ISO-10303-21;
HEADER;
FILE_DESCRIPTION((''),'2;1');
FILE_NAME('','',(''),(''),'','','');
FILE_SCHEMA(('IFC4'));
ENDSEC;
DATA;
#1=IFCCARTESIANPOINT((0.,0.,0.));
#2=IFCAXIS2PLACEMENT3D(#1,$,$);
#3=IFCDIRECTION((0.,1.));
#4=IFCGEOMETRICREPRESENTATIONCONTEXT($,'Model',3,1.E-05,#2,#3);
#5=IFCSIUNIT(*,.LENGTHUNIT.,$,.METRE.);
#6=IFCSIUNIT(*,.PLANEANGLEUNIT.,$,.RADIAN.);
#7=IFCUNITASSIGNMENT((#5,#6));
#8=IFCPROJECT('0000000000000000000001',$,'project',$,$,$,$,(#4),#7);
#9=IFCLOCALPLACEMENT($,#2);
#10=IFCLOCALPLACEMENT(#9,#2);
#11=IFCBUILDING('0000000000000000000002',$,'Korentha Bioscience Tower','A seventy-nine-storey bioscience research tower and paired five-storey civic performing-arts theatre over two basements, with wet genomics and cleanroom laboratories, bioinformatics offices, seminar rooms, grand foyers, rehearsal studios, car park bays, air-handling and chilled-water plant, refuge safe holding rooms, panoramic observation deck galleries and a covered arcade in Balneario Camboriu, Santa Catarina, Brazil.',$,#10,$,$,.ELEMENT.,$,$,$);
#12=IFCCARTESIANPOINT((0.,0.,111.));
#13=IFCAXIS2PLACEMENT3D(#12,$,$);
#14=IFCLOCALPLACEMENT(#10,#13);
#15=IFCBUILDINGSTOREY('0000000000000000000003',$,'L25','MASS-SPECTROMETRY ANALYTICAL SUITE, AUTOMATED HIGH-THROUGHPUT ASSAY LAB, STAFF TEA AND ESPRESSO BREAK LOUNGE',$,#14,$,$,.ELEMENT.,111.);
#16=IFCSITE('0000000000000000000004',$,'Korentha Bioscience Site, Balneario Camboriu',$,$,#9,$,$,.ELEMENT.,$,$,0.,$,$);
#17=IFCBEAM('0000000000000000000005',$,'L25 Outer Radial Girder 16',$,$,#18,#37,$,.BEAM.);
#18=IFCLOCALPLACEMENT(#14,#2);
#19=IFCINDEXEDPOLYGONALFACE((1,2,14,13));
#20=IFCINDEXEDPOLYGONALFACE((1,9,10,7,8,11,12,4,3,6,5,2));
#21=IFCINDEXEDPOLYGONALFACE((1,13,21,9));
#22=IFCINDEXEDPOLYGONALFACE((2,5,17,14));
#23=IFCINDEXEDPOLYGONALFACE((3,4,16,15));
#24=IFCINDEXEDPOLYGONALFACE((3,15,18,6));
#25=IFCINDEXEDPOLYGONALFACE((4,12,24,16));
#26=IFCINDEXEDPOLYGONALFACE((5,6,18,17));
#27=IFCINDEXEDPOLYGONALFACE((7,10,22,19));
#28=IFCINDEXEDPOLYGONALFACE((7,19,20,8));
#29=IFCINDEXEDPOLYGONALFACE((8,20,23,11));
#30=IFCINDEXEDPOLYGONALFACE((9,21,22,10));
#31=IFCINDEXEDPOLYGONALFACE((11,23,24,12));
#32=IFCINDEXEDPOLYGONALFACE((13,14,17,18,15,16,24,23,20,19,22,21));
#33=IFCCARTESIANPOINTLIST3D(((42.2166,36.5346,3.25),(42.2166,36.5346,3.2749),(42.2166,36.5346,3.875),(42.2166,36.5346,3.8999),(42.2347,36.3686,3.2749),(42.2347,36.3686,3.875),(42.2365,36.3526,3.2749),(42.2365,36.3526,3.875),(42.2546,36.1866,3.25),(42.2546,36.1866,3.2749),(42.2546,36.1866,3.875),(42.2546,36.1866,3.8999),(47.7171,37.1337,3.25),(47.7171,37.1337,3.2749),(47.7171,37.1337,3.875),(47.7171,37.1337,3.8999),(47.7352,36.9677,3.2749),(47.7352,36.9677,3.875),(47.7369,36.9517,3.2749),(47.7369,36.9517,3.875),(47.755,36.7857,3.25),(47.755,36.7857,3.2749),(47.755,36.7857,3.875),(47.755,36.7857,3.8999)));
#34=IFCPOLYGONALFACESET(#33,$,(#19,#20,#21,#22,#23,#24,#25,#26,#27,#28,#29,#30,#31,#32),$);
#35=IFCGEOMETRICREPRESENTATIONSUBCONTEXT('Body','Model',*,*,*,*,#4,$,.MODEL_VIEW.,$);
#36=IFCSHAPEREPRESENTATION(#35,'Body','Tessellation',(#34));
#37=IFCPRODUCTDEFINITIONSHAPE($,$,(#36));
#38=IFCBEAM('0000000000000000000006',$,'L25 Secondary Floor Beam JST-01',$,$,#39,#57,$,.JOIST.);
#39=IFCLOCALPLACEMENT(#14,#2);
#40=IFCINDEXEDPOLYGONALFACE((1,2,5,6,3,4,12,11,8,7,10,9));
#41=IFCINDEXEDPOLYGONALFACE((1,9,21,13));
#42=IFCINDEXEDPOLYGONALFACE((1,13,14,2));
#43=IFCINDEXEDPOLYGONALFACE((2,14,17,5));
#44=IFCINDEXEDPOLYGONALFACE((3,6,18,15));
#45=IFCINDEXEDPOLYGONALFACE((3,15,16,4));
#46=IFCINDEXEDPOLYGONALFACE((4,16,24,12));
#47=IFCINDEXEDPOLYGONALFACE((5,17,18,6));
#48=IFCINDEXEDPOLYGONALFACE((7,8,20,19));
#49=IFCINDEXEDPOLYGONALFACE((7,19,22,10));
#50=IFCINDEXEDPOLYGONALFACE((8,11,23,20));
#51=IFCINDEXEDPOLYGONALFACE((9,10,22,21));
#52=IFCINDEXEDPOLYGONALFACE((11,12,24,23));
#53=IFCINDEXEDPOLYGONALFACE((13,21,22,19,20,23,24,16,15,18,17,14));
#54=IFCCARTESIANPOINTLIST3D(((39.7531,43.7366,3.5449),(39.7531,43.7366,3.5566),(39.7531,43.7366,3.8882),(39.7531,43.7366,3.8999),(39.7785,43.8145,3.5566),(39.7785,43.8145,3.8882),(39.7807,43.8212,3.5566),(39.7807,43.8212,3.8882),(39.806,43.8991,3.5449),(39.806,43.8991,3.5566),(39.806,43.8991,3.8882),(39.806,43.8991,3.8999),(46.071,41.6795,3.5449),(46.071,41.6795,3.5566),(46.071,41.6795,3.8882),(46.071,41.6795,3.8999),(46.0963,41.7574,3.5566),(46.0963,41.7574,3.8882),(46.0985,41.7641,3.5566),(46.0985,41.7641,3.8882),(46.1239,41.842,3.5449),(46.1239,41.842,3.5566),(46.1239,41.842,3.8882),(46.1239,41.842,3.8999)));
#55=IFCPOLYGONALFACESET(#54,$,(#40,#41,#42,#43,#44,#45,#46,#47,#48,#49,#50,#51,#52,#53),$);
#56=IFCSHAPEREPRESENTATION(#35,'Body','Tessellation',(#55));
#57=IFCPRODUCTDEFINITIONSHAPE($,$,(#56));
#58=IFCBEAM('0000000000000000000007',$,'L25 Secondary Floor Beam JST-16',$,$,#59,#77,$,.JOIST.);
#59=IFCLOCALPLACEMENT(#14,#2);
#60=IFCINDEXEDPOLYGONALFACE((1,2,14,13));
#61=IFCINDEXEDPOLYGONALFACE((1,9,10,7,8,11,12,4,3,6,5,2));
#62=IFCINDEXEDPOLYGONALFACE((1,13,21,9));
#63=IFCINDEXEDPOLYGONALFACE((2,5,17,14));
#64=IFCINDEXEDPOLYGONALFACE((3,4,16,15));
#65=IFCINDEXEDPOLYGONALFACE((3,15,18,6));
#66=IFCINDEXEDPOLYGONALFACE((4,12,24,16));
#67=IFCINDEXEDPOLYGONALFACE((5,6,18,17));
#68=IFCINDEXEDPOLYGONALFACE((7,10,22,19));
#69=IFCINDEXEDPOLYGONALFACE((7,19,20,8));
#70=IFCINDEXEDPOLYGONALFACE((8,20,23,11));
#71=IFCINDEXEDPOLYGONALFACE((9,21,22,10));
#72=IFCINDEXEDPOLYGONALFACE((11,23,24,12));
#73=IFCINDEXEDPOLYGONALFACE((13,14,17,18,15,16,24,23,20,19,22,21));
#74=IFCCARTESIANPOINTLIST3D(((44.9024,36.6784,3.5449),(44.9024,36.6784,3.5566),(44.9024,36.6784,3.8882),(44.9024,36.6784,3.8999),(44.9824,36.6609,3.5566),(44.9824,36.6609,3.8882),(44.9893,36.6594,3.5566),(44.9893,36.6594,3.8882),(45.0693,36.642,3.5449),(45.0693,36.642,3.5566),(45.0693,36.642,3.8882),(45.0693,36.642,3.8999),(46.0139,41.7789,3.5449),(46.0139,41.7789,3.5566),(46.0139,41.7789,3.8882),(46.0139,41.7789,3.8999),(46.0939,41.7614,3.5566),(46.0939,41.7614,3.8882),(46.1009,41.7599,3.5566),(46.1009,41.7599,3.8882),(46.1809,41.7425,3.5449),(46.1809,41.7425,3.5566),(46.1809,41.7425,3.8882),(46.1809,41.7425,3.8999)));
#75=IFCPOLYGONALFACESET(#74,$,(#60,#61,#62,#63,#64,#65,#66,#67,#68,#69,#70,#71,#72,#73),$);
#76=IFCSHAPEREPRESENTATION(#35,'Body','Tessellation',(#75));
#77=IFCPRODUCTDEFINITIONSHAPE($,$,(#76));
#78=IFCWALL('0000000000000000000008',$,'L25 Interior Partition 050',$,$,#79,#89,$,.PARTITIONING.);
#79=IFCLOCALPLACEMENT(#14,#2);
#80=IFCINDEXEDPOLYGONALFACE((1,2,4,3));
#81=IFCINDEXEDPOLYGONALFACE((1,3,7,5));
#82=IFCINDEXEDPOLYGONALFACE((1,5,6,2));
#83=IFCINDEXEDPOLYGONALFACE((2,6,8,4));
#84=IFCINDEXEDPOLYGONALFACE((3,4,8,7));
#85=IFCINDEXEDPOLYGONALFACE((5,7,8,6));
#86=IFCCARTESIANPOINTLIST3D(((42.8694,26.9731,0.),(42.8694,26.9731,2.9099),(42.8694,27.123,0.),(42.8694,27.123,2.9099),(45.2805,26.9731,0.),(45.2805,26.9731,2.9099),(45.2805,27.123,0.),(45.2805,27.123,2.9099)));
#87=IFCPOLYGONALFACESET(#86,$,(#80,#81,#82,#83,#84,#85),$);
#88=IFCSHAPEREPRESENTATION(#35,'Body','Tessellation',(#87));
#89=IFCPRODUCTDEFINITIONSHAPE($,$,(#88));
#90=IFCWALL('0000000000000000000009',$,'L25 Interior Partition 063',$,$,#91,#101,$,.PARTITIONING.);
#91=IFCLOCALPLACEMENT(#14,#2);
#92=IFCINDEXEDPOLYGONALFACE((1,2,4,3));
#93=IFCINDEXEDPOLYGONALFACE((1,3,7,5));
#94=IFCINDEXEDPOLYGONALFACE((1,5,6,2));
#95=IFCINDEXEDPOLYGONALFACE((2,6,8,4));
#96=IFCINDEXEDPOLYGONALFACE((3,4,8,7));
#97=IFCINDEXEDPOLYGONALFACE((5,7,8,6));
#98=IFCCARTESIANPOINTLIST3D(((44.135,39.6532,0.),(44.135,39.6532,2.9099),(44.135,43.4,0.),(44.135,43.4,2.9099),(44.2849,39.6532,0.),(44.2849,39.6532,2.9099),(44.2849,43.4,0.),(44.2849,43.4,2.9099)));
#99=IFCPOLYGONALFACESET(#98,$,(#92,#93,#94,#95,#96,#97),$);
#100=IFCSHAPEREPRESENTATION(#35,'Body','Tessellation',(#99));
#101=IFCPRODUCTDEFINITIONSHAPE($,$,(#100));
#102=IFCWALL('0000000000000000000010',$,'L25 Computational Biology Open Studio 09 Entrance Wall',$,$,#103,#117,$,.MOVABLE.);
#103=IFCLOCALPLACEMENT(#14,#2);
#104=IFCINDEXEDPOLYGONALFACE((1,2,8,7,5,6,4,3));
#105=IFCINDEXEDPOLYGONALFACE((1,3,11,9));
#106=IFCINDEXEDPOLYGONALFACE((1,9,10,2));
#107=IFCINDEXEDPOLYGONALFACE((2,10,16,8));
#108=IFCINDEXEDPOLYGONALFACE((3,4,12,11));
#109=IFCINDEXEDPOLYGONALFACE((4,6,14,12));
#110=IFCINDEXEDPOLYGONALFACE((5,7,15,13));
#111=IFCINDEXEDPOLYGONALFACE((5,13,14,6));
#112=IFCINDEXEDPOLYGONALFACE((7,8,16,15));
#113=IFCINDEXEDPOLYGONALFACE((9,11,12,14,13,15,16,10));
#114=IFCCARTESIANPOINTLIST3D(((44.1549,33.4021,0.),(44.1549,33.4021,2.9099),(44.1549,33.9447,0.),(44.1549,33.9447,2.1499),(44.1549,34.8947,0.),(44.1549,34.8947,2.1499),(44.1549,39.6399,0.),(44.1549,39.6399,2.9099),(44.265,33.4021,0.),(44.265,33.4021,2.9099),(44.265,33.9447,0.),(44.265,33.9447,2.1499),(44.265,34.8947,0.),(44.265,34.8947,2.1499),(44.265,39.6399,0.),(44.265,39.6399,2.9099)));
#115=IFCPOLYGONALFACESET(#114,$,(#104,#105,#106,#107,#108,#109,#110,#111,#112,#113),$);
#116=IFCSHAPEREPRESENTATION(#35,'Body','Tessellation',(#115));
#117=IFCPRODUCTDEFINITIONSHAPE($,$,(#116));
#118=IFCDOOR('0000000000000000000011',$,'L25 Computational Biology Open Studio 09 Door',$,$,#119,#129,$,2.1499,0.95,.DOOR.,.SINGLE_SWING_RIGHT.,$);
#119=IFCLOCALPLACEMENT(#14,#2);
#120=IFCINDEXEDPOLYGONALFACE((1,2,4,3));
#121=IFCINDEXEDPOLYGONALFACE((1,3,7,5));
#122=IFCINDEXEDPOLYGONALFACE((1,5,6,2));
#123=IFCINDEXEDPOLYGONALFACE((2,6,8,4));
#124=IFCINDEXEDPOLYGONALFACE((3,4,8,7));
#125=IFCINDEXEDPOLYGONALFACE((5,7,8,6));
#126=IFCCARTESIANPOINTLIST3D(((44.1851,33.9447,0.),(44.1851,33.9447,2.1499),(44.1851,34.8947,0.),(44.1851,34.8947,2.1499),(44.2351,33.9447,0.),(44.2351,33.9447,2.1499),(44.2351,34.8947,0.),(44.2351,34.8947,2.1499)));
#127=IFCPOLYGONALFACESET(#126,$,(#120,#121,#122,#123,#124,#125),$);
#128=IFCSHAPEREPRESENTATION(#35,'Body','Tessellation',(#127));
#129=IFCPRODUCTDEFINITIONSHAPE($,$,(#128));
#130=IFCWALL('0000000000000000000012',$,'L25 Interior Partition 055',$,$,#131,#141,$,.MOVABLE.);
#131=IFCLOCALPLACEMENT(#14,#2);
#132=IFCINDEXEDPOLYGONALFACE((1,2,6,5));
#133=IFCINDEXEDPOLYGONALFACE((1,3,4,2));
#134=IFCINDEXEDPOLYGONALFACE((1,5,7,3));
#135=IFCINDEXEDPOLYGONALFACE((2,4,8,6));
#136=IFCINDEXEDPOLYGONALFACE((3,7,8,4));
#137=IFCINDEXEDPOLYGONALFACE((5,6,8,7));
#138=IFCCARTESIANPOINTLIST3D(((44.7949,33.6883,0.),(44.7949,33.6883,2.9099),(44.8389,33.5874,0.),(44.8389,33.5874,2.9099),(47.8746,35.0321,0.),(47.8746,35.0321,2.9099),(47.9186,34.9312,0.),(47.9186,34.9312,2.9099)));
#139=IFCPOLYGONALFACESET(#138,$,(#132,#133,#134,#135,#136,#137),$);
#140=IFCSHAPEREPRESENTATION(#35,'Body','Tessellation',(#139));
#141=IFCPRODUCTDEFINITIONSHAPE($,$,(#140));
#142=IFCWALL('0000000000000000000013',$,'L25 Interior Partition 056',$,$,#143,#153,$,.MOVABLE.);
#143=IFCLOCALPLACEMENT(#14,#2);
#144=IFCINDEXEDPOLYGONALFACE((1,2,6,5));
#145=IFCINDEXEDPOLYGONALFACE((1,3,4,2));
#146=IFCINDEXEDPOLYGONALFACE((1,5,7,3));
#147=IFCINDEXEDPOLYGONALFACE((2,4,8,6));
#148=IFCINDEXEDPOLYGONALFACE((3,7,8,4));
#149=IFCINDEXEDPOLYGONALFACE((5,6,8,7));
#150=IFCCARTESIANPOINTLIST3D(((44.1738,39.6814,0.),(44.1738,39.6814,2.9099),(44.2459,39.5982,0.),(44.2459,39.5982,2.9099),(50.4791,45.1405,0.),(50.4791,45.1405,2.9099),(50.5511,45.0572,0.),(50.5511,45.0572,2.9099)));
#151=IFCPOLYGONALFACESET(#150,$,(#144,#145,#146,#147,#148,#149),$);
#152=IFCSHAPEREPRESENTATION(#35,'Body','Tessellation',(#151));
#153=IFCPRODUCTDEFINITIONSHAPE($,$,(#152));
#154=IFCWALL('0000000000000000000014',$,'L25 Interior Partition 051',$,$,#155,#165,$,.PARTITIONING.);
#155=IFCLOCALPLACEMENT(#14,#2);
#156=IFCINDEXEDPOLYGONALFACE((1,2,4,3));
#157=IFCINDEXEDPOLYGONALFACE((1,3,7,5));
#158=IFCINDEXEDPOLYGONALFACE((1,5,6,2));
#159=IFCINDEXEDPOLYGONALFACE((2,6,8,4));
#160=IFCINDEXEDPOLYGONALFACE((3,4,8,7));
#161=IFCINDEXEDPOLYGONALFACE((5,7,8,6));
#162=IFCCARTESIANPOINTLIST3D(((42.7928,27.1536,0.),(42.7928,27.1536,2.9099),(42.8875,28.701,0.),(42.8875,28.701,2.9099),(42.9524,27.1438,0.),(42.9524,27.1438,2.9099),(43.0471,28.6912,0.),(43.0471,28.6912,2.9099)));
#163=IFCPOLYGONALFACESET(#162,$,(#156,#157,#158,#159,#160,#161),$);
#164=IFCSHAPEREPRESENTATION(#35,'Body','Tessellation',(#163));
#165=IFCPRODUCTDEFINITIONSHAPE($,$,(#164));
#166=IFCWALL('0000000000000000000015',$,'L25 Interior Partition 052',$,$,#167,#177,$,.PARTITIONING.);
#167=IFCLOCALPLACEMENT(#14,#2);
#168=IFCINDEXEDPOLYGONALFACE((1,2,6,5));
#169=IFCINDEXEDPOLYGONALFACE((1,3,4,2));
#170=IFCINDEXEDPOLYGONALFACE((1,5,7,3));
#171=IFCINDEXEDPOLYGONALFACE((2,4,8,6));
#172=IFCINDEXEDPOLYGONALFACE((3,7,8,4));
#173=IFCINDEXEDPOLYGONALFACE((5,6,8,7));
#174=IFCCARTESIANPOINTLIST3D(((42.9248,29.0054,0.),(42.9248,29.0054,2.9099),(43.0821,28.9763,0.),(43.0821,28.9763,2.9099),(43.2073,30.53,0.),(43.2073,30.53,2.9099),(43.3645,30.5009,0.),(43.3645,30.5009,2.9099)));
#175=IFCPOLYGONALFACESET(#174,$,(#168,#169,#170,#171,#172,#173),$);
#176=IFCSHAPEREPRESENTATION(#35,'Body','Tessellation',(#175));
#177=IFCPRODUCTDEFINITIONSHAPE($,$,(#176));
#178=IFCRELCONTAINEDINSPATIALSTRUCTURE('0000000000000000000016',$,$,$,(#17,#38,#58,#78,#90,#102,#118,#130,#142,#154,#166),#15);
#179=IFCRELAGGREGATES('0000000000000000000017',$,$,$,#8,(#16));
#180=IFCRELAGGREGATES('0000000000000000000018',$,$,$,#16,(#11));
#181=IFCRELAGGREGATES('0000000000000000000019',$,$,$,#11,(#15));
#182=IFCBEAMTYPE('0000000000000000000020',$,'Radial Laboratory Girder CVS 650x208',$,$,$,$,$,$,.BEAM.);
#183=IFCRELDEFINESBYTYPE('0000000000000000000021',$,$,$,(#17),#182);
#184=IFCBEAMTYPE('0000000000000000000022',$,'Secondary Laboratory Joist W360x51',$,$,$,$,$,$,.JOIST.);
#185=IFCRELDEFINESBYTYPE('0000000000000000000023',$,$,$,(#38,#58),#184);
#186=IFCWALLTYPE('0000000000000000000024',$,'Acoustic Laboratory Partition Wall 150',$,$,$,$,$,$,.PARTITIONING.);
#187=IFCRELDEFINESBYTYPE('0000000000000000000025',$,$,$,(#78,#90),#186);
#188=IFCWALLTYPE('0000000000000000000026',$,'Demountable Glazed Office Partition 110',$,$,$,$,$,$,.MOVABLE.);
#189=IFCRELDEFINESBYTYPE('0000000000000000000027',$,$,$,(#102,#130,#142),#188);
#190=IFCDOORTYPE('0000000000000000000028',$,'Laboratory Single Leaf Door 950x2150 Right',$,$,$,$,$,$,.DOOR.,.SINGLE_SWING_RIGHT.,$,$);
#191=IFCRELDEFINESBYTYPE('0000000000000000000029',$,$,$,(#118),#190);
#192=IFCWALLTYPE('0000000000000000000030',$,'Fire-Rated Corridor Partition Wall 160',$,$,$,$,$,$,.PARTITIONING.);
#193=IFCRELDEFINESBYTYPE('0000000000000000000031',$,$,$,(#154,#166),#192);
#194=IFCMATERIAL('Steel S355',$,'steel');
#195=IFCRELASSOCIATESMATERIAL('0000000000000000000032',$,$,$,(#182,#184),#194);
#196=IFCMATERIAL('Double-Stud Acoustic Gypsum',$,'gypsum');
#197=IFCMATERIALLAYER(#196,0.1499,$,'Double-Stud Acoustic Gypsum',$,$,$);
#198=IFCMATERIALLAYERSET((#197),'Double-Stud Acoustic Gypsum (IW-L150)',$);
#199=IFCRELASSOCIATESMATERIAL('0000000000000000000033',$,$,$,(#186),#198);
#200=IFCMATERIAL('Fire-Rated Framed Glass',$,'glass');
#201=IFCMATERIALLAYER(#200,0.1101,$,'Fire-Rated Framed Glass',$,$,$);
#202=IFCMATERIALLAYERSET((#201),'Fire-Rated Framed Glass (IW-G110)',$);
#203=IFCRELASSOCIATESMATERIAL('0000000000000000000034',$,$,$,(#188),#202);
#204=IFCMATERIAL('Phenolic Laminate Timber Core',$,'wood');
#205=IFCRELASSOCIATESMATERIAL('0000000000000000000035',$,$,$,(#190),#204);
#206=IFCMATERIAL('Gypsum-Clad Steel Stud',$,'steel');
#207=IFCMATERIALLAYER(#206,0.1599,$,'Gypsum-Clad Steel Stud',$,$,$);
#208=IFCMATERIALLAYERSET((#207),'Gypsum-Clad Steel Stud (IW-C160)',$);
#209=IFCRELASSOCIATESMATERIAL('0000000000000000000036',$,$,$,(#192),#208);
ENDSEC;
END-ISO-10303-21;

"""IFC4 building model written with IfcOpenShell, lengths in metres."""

from ifc_helpers import new_model, si_unit, direction, frame, frame_2d, origin, origin_2d, place, context, subcontext, project, spatial, rectangle, i_section, extrude, material, layer, layer_set, material_profile, profile_set, type_object, element, fill, save


model = new_model("IFC4")

# Units and contexts
model_context = context("Model", 3, precision=1e-05, world=origin(), true_north=direction((0.0, 1.0)))
body_context = subcontext(model_context, "Body", "Model", "MODEL_VIEW")
ifc_project = project(units=[si_unit("LENGTHUNIT", "METRE"), si_unit("PLANEANGLEUNIT", "RADIAN")], contexts=[model_context])

# Site, building, storey
site_placement = place(None, origin())
site = spatial("IfcSite", under=ifc_project, at=site_placement, Name="Korentha Bioscience Site, Balneario Camboriu", CompositionType="ELEMENT", RefElevation=0.0)
building_placement = place(site_placement, origin())
building = spatial("IfcBuilding", under=site, at=building_placement, Name="Korentha Bioscience Tower", Description="A seventy-nine-storey bioscience research tower and paired five-storey civic performing-arts theatre over two basements, with wet genomics and cleanroom laboratories, bioinformatics offices, seminar rooms, grand foyers, rehearsal studios, car park bays, air-handling and chilled-water plant, refuge safe holding rooms, panoramic observation deck galleries and a covered arcade in Balneario Camboriu, Santa Catarina, Brazil.", CompositionType="ELEMENT")
storey_placement = place(building_placement, frame((0.0, 0.0, 111.0)))
storey = spatial("IfcBuildingStorey", under=building, at=storey_placement, Name="L25", Description="MASS-SPECTROMETRY ANALYTICAL SUITE, AUTOMATED HIGH-THROUGHPUT ASSAY LAB, STAFF TEA AND ESPRESSO BREAK LOUNGE", CompositionType="ELEMENT", Elevation=111.0)

# Beams
ifc_material_1 = material(Name="Steel S355", Category="steel")
ifc_material_profile_1 = material_profile(ifc_material_1, i_section(OverallWidth=0.3501, OverallDepth=0.6499, WebThickness=0.0161, FlangeThickness=0.0249, at=origin_2d()), Name="Steel S355")
ifc_profile_set_1 = profile_set([ifc_material_profile_1], Name="Steel S355 (RB-650)")
beam_type_1 = type_object("IfcBeamType", Name="Radial Laboratory Girder CVS 650x208", PredefinedType="BEAM", material=ifc_profile_set_1)
beam_1_placement = place(storey_placement, frame((42.2356, 36.3606, 3.575), z_axis=(0.99412, 0.108281, 0.0), x_axis=(-0.108281, 0.99412, 0.0)))
element("IfcBeam", 1, at=beam_1_placement, inside=storey, type_object=beam_type_1, Name="L25 Outer Radial Girder 16", PredefinedType="BEAM", context=body_context, shape_type="SweptSolid", body=[
    extrude(i_section(OverallWidth=0.3501, OverallDepth=0.6499, WebThickness=0.0161, FlangeThickness=0.0249, at=origin_2d()), origin(), (0.0, 0.0, 1.0), 5.533),
])
ifc_material_profile_2 = material_profile(ifc_material_1, i_section(OverallWidth=0.1709, OverallDepth=0.355, WebThickness=0.0071, FlangeThickness=0.0117, at=origin_2d()), Name="Steel S355")
ifc_profile_set_2 = profile_set([ifc_material_profile_2], Name="Steel S355 (JB-360)")
beam_type_2 = type_object("IfcBeamType", Name="Secondary Laboratory Joist W360x51", PredefinedType="JOIST", material=ifc_profile_set_2)
beam_2_placement = place(storey_placement, frame((46.0974, 41.7607, 3.7224), z_axis=(-0.950865, 0.309606, 0.0), x_axis=(-0.309606, -0.950865, 0.0)))
element("IfcBeam", 2, at=beam_2_placement, inside=storey, type_object=beam_type_2, Name="L25 Secondary Floor Beam JST-01", PredefinedType="JOIST", context=body_context, shape_type="SweptSolid", body=[
    extrude(i_section(OverallWidth=0.1709, OverallDepth=0.355, WebThickness=0.0071, FlangeThickness=0.0117, at=origin_2d()), origin(), (0.0, 0.0, 1.0), 6.6443),
])
beam_3_placement = place(storey_placement, frame((44.9858, 36.6602, 3.7224), z_axis=(0.212932, 0.977067, 0.0), x_axis=(-0.977067, 0.212932, 0.0)))
element("IfcBeam", 3, at=beam_3_placement, inside=storey, type_object=beam_type_2, Name="L25 Secondary Floor Beam JST-16", PredefinedType="JOIST", context=body_context, shape_type="SweptSolid", body=[
    extrude(i_section(OverallWidth=0.1709, OverallDepth=0.355, WebThickness=0.0071, FlangeThickness=0.0117, at=origin_2d()), origin(), (0.0, 0.0, 1.0), 5.2202),
])

# Walls
ifc_material_2 = material(Name="Double-Stud Acoustic Gypsum", Category="gypsum")
ifc_layer_1 = layer(ifc_material_2, 0.1499, Name="Double-Stud Acoustic Gypsum")
ifc_layer_set_1 = layer_set([ifc_layer_1], Name="Double-Stud Acoustic Gypsum (IW-L150)")
wall_type_1 = type_object("IfcWallType", Name="Acoustic Laboratory Partition Wall 150", PredefinedType="PARTITIONING", material=ifc_layer_set_1)
wall_1_placement = place(storey_placement, frame((42.8694, 27.0481, 0.0), z_axis=(0.0, 0.0, 1.0), x_axis=(1.0, 0.0, 0.0)))
element("IfcWall", 4, at=wall_1_placement, inside=storey, type_object=wall_type_1, Name="L25 Interior Partition 050", PredefinedType="PARTITIONING", context=body_context, shape_type="SweptSolid", body=[
    extrude(rectangle(XDim=2.4111, YDim=0.1499, at=frame_2d((1.2056, 0.0))), origin(), (0.0, 0.0, 1.0), 2.9099),
])
wall_2_placement = place(storey_placement, frame((44.21, 39.6531, 0.0), z_axis=(0.0, 0.0, 1.0), x_axis=(0.0, 1.0, 0.0)))
element("IfcWall", 5, at=wall_2_placement, inside=storey, type_object=wall_type_1, Name="L25 Interior Partition 063", PredefinedType="PARTITIONING", context=body_context, shape_type="SweptSolid", body=[
    extrude(rectangle(XDim=3.7468, YDim=0.1499, at=frame_2d((1.8735, 0.0))), origin(), (0.0, 0.0, 1.0), 2.9099),
])

# Wall, opening, door
ifc_material_3 = material(Name="Fire-Rated Framed Glass", Category="glass")
ifc_layer_2 = layer(ifc_material_3, 0.1101, Name="Fire-Rated Framed Glass")
ifc_layer_set_2 = layer_set([ifc_layer_2], Name="Fire-Rated Framed Glass (IW-G110)")
wall_type_2 = type_object("IfcWallType", Name="Demountable Glazed Office Partition 110", PredefinedType="MOVABLE", material=ifc_layer_set_2)
wall_3_placement = place(storey_placement, frame((44.21, 33.4021, 0.0), z_axis=(0.0, 0.0, 1.0), x_axis=(0.0, 1.0, 0.0)))
wall_3 = element("IfcWall", 6, at=wall_3_placement, inside=storey, type_object=wall_type_2, Name="L25 Computational Biology Open Studio 09 Entrance Wall", PredefinedType="MOVABLE", context=body_context, shape_type="SweptSolid", body=[
    extrude(rectangle(XDim=6.2378, YDim=0.1101, at=frame_2d((3.1189, 0.0))), origin(), (0.0, 0.0, 1.0), 2.9099),
])
opening_1_placement = place(wall_3_placement, frame((0.5425, 0.0, 0.0)))
opening_1 = element("IfcOpeningElement", 7, at=opening_1_placement, cuts=wall_3, PredefinedType="OPENING", context=body_context, shape_type="SweptSolid", body=[
    extrude(rectangle(XDim=0.95, YDim=2.1499, at=frame_2d((0.4751, 1.075))), frame((0.0, 0.0698, 0.0), z_axis=(0.0, -1.0, 0.0), x_axis=(1.0, 0.0, 0.0)), (0.0, 0.0, 1.0), 0.1399),
])
ifc_material_4 = material(Name="Phenolic Laminate Timber Core", Category="wood")
door_type_1 = type_object("IfcDoorType", Name="Laboratory Single Leaf Door 950x2150 Right", OperationType="SINGLE_SWING_RIGHT", PredefinedType="DOOR", material=ifc_material_4)
door_1_placement = place(opening_1_placement, origin())
door_1 = element("IfcDoor", 8, at=door_1_placement, inside=storey, type_object=door_type_1, Name="L25 Computational Biology Open Studio 09 Door", OperationType="SINGLE_SWING_RIGHT", OverallHeight=2.1499, OverallWidth=0.95, PredefinedType="DOOR", context=body_context, shape_type="SweptSolid", body=[
    extrude(rectangle(XDim=0.95, YDim=2.1499, at=frame_2d((0.4751, 1.075))), frame((0.0, 0.0249, 0.0), z_axis=(0.0, -1.0, 0.0), x_axis=(1.0, 0.0, 0.0)), (0.0, 0.0, 1.0), 0.05),
])
fill(opening_1, door_1)

# Walls
wall_4_placement = place(storey_placement, frame((47.8967, 34.9817, 0.0), z_axis=(0.0, 0.0, 1.0), x_axis=(-0.916547, -0.399927, 0.0)))
element("IfcWall", 9, at=wall_4_placement, inside=storey, type_object=wall_type_2, Name="L25 Interior Partition 055", PredefinedType="MOVABLE", context=body_context, shape_type="SweptSolid", body=[
    extrude(rectangle(XDim=3.3601, YDim=0.1101, at=frame_2d((1.6802, 0.0))), origin(), (0.0, 0.0, 1.0), 2.9099),
])
wall_5_placement = place(storey_placement, frame((44.21, 39.6399, 0.0), z_axis=(0.0, 0.0, 1.0), x_axis=(0.756015, 0.654554, 0.0)))
element("IfcWall", 10, at=wall_5_placement, inside=storey, type_object=wall_type_2, Name="L25 Interior Partition 056", PredefinedType="MOVABLE", context=body_context, shape_type="SweptSolid", body=[
    extrude(rectangle(XDim=8.3401, YDim=0.1101, at=frame_2d((4.1699, 0.0))), origin(), (0.0, 0.0, 1.0), 2.9099),
])

# Shared definitions
ifc_material_5 = material(Name="Gypsum-Clad Steel Stud", Category="steel")
ifc_layer_3 = layer(ifc_material_5, 0.1599, Name="Gypsum-Clad Steel Stud")
ifc_layer_set_3 = layer_set([ifc_layer_3], Name="Gypsum-Clad Steel Stud (IW-C160)")
wall_type_3 = type_object("IfcWallType", Name="Fire-Rated Corridor Partition Wall 160", PredefinedType="PARTITIONING", material=ifc_layer_set_3)

# Walls
wall_6_placement = place(storey_placement, frame((42.8726, 27.1487, 0.0), z_axis=(0.0, 0.0, 1.0), x_axis=(0.061104, 0.998131, 0.0)))
element("IfcWall", 11, at=wall_6_placement, inside=storey, type_object=wall_type_3, Name="L25 Interior Partition 051", PredefinedType="PARTITIONING", context=body_context, shape_type="SweptSolid", body=[
    extrude(rectangle(XDim=1.5503, YDim=0.1599, at=frame_2d((0.7751, 0.0))), origin(), (0.0, 0.0, 1.0), 2.9099),
])
wall_7_placement = place(storey_placement, frame((43.0034, 28.9907, 0.0), z_axis=(0.0, 0.0, 1.0), x_axis=(0.182168, 0.983267, 0.0)))
element("IfcWall", 12, at=wall_7_placement, inside=storey, type_object=wall_type_3, Name="L25 Interior Partition 052", PredefinedType="PARTITIONING", context=body_context, shape_type="SweptSolid", body=[
    extrude(rectangle(XDim=1.5505, YDim=0.1599, at=frame_2d((0.7754, 0.0))), origin(), (0.0, 0.0, 1.0), 2.9099),
])

save(model, "model.ifc")
